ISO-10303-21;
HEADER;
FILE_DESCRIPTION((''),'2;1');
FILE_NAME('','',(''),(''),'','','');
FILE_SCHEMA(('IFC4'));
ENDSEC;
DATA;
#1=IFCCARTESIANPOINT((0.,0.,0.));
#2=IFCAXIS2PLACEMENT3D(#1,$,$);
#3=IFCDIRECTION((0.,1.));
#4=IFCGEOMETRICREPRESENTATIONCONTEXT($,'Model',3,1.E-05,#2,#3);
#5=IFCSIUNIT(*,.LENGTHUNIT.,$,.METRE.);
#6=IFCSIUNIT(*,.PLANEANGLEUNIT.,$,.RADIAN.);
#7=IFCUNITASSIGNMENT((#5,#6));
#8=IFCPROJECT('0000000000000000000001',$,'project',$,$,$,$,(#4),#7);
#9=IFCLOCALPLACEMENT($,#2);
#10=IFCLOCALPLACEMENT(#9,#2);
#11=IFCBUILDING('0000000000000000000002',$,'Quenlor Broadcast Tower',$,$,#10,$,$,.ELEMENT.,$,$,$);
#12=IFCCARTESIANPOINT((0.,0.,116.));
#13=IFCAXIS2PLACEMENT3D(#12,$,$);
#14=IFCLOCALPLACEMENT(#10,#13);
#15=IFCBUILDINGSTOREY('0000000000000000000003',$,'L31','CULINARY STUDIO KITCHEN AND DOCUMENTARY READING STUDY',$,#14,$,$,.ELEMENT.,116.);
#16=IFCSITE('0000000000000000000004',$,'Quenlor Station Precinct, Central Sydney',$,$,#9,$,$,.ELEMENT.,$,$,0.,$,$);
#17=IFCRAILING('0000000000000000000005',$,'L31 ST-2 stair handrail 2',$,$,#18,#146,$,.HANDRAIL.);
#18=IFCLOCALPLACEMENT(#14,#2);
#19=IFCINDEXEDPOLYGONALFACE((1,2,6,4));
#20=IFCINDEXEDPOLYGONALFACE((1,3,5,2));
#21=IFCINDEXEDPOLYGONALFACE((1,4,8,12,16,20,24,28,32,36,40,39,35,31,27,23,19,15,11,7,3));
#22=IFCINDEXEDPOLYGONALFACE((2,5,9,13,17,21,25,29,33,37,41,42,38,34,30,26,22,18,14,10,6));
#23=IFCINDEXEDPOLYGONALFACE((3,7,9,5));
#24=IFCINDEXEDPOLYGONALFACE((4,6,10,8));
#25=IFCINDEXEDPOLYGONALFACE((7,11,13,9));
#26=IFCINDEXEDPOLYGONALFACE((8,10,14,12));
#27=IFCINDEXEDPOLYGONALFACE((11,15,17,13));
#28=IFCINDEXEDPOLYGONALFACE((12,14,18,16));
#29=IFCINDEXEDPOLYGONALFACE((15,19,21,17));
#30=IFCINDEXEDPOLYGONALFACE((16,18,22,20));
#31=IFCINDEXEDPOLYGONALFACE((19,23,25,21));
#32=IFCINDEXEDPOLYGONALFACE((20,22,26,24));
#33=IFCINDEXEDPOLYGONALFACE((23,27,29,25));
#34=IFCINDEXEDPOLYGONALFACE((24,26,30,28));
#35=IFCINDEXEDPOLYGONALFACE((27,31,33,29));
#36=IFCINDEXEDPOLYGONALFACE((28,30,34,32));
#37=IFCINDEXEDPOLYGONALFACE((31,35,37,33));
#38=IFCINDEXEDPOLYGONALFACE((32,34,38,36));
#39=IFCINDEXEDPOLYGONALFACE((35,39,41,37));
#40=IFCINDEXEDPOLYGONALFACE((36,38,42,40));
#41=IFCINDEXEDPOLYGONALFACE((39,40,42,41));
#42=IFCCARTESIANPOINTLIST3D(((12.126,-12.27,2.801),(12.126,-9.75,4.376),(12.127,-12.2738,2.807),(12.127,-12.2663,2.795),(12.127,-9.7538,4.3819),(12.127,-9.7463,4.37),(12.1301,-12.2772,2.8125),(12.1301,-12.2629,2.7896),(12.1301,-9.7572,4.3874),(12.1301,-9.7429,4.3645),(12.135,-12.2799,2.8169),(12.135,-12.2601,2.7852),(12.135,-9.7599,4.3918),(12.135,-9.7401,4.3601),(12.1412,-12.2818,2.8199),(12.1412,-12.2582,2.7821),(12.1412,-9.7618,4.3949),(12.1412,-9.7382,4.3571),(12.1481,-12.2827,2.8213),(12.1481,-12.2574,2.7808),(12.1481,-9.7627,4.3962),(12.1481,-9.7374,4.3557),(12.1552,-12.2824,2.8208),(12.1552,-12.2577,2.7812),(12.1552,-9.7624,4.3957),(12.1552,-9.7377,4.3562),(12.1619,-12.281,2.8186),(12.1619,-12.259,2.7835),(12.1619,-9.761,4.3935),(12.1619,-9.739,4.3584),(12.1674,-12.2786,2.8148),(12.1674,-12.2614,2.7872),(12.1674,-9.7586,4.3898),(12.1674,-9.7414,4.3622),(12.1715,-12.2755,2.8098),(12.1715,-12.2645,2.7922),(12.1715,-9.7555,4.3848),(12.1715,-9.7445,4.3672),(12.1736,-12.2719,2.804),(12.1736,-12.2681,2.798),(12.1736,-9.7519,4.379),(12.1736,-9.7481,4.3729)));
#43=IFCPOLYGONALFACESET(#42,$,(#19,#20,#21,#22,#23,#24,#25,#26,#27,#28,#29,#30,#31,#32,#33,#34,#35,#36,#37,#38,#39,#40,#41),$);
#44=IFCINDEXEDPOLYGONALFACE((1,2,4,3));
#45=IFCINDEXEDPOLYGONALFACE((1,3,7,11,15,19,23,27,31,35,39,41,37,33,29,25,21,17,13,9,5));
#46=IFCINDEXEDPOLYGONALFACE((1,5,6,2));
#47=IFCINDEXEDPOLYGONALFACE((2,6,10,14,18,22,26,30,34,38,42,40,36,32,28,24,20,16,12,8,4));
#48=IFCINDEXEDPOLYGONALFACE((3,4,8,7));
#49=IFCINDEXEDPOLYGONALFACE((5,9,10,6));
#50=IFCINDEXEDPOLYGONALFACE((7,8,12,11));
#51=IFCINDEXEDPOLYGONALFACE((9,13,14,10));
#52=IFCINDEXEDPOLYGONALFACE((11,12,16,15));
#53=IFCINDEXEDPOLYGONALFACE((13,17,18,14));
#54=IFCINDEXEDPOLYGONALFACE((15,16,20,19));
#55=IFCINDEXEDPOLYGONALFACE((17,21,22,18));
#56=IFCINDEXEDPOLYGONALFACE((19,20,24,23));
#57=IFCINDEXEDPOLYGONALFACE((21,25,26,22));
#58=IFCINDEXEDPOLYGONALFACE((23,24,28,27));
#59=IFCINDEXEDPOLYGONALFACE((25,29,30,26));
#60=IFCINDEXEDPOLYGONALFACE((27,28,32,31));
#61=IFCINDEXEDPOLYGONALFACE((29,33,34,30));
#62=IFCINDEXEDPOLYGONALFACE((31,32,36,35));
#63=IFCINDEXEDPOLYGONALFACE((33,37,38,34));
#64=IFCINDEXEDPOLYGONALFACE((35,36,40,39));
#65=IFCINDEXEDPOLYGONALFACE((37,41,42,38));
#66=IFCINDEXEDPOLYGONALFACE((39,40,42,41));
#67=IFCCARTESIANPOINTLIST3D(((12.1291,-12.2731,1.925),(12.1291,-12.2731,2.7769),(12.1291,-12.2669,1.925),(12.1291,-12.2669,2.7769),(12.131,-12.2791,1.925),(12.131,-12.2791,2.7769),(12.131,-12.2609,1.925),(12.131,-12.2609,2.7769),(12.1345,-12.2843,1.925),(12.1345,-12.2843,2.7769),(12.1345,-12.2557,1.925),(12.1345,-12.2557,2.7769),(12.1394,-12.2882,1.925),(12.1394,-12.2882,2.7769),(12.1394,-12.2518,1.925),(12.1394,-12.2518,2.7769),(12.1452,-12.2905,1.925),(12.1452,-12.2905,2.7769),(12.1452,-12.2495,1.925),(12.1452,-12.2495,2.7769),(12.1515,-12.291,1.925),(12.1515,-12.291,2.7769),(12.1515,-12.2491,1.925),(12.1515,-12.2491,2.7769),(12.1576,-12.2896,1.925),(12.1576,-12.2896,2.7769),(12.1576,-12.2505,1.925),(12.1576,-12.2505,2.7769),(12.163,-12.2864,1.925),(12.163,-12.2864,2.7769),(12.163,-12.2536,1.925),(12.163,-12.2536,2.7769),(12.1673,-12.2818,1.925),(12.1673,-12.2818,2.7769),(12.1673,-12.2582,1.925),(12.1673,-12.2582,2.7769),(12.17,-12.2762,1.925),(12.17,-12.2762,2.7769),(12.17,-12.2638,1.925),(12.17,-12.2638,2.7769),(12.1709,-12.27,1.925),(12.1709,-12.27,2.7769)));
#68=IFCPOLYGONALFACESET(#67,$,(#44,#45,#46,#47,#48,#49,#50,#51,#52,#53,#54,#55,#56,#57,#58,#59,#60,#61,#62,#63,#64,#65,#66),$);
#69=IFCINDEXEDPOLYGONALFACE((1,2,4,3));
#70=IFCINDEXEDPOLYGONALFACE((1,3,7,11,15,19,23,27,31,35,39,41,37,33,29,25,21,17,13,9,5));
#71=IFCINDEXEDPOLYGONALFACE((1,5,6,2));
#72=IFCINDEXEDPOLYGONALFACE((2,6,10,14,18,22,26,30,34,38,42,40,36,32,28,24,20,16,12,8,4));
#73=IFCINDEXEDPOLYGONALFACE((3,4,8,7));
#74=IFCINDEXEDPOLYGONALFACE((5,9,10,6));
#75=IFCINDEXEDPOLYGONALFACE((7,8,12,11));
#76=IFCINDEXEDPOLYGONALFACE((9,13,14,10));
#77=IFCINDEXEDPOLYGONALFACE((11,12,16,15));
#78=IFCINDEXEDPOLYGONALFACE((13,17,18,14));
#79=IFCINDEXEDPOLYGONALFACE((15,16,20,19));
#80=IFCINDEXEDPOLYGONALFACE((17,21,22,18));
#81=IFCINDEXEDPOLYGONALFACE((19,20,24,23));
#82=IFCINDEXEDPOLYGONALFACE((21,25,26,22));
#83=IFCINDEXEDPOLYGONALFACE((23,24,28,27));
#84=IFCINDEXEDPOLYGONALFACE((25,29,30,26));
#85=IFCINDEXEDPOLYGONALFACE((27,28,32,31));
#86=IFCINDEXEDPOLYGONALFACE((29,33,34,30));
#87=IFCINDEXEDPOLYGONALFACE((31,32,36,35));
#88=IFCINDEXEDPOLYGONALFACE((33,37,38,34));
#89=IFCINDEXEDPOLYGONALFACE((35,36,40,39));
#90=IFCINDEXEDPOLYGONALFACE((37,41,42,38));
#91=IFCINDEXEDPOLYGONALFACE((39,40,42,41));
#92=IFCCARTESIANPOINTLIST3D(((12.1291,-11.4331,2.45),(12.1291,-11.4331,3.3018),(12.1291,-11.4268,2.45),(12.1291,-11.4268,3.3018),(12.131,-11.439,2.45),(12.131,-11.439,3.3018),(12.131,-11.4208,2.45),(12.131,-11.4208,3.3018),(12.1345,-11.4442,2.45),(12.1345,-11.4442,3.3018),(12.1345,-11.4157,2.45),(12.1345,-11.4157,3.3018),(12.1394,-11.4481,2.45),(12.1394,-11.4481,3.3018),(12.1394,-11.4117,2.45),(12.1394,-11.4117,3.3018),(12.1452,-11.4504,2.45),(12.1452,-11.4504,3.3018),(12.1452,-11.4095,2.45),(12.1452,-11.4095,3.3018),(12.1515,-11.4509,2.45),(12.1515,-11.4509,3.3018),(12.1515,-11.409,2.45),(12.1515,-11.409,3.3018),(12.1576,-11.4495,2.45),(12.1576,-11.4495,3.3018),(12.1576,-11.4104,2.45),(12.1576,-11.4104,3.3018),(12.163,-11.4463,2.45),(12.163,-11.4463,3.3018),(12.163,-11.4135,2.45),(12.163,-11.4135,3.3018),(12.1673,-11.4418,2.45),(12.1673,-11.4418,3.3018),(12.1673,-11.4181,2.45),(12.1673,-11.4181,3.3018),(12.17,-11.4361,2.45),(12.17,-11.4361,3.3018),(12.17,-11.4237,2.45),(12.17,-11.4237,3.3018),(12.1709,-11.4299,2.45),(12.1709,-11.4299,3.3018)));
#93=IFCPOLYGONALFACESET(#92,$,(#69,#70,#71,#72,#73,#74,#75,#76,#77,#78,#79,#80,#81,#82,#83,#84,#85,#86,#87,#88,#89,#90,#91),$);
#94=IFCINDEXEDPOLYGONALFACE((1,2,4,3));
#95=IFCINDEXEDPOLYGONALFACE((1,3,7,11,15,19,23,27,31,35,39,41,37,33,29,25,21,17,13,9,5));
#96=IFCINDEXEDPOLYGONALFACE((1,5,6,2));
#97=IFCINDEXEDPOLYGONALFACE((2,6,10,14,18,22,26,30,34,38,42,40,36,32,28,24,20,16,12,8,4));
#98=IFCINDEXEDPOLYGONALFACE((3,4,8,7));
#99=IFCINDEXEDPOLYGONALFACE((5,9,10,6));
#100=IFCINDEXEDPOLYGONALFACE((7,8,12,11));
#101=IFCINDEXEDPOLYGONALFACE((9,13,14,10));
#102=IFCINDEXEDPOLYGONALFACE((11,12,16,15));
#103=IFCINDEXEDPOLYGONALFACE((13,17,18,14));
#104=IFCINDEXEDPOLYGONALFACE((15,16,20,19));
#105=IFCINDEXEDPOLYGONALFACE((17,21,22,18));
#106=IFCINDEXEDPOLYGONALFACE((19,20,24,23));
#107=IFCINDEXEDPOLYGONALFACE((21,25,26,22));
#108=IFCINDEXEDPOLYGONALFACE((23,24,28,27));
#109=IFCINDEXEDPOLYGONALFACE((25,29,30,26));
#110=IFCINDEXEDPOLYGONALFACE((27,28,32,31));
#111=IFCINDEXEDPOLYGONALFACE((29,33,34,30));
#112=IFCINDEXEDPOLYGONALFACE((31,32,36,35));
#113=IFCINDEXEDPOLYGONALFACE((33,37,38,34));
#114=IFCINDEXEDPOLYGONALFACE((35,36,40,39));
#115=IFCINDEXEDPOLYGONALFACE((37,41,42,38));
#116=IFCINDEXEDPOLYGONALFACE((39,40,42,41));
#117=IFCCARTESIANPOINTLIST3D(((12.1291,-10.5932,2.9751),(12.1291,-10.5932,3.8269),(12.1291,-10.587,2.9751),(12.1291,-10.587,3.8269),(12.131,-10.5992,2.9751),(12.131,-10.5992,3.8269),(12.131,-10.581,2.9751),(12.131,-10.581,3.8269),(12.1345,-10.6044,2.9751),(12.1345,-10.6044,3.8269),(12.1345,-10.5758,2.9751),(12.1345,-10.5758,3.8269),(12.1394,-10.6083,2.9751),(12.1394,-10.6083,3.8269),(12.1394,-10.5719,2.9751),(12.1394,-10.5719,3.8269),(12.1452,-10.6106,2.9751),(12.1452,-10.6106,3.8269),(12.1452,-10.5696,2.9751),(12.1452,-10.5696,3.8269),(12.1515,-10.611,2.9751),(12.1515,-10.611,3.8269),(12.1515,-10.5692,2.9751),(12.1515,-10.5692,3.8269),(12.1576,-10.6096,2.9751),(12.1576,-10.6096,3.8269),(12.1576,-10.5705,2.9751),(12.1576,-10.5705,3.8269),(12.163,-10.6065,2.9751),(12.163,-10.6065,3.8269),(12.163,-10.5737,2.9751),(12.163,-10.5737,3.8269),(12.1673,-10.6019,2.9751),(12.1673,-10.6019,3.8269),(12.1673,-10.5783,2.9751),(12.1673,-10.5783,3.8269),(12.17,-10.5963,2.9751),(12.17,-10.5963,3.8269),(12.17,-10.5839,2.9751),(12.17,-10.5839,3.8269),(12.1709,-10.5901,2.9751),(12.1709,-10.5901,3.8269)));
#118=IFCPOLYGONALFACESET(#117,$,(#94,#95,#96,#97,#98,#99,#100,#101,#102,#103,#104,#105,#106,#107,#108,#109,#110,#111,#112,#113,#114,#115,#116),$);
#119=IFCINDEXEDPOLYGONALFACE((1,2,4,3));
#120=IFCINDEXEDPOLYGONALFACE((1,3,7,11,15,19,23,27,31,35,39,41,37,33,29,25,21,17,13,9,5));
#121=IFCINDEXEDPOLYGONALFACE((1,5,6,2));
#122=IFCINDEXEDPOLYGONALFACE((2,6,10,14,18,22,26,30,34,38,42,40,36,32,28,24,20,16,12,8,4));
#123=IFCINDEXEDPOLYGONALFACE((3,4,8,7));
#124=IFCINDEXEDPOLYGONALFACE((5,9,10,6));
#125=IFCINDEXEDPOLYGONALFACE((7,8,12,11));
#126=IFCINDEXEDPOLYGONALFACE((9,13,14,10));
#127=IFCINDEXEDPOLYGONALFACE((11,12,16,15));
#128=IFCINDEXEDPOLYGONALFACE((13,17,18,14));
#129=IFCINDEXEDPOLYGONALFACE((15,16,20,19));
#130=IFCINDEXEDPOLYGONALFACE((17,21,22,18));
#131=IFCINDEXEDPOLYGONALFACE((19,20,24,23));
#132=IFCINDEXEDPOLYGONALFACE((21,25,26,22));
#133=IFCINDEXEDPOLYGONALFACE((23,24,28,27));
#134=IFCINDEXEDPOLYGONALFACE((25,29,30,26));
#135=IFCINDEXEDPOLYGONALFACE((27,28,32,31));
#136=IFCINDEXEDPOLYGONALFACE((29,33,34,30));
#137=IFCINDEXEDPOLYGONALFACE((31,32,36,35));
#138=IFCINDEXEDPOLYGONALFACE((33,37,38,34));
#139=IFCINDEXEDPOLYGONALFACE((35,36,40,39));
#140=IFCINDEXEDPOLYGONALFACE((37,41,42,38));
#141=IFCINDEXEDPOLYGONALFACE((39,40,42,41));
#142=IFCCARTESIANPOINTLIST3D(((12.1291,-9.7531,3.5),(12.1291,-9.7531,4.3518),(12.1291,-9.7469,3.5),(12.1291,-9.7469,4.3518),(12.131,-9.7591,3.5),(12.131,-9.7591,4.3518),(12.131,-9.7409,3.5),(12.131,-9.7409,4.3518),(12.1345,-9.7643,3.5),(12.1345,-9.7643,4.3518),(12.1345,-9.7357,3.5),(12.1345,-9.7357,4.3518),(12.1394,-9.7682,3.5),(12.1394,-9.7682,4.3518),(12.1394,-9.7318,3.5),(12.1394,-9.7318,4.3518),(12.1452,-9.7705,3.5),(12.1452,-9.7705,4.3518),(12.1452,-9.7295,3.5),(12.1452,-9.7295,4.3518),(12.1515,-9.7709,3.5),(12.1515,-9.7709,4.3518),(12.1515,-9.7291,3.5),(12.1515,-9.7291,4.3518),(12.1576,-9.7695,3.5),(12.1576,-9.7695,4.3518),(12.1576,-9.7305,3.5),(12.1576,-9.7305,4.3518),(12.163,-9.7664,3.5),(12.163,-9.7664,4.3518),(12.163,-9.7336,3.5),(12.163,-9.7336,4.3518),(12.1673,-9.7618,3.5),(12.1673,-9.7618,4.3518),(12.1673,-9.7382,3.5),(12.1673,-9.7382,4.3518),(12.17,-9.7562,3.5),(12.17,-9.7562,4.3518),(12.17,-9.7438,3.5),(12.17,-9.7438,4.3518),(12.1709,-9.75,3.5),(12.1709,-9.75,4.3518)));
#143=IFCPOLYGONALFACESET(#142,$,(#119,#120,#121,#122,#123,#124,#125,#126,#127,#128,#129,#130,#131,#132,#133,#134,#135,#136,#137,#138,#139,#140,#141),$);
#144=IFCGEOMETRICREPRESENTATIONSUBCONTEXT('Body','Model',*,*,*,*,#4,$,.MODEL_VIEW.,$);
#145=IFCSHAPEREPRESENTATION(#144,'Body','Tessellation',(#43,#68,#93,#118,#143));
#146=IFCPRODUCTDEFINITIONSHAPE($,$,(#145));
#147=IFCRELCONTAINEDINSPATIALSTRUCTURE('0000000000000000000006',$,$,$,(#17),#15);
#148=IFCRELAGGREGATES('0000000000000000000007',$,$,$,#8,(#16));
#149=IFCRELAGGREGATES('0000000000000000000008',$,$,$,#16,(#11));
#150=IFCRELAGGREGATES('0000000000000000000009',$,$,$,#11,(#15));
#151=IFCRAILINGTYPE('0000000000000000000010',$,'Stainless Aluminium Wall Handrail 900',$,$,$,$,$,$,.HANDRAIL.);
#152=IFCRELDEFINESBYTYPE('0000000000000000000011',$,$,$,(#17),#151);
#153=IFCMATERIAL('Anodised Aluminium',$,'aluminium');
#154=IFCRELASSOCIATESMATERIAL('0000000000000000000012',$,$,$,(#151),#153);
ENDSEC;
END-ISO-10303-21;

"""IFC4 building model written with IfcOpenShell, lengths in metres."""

from ifc_helpers import new_model, si_unit, direction, frame, origin, origin_2d, place, context, subcontext, project, spatial, circle, extrude, material, type_object, element, save


model = new_model("IFC4")

# Units and contexts
model_context = context("Model", 3, precision=1e-05, world=origin(), true_north=direction((0.0, 1.0)))
body_context = subcontext(model_context, "Body", "Model", "MODEL_VIEW")
ifc_project = project(units=[si_unit("LENGTHUNIT", "METRE"), si_unit("PLANEANGLEUNIT", "RADIAN")], contexts=[model_context])

# Site, building, storey
site_placement = place(None, origin())
site = spatial("IfcSite", under=ifc_project, at=site_placement, Name="Quenlor Station Precinct, Central Sydney", CompositionType="ELEMENT", RefElevation=0.0)
building_placement = place(site_placement, origin())
building = spatial("IfcBuilding", under=site, at=building_placement, Name="Quenlor Broadcast Tower", CompositionType="ELEMENT")
storey_placement = place(building_placement, frame((0.0, 0.0, 116.0)))
storey = spatial("IfcBuildingStorey", under=building, at=storey_placement, Name="L31", Description="CULINARY STUDIO KITCHEN AND DOCUMENTARY READING STUDY", CompositionType="ELEMENT", Elevation=116.0)

# Railing
ifc_material_1 = material(Name="Anodised Aluminium", Category="aluminium")
railing_type_1 = type_object("IfcRailingType", Name="Stainless Aluminium Wall Handrail 900", PredefinedType="HANDRAIL", material=ifc_material_1)
railing_1_placement = place(storey_placement, frame((12.1499, -12.27, 1.925)))
element("IfcRailing", 1, at=railing_1_placement, inside=storey, type_object=railing_type_1, Name="L31 ST-2 stair handrail 2", PredefinedType="HANDRAIL", context=body_context, shape_type="SweptSolid", body=[
    extrude(circle(Radius=0.0239, at=origin_2d()), frame((0.0, 0.0, 0.876), z_axis=(0.0, 0.848008, 0.529984), x_axis=(-1.0, 0.0, 0.0)), (0.0, 0.0, 1.0), 2.9717),
    extrude(circle(Radius=0.021, at=origin_2d()), origin(), (0.0, 0.0, 1.0), 0.8518),
    extrude(circle(Radius=0.021, at=origin_2d()), frame((0.0, 0.8401, 0.5249)), (0.0, 0.0, 1.0), 0.8518),
    extrude(circle(Radius=0.021, at=origin_2d()), frame((0.0, 1.6799, 1.05)), (0.0, 0.0, 1.0), 0.8518),
    extrude(circle(Radius=0.021, at=origin_2d()), frame((0.0, 2.52, 1.575)), (0.0, 0.0, 1.0), 0.8518),
])

save(model, "model.ifc")
